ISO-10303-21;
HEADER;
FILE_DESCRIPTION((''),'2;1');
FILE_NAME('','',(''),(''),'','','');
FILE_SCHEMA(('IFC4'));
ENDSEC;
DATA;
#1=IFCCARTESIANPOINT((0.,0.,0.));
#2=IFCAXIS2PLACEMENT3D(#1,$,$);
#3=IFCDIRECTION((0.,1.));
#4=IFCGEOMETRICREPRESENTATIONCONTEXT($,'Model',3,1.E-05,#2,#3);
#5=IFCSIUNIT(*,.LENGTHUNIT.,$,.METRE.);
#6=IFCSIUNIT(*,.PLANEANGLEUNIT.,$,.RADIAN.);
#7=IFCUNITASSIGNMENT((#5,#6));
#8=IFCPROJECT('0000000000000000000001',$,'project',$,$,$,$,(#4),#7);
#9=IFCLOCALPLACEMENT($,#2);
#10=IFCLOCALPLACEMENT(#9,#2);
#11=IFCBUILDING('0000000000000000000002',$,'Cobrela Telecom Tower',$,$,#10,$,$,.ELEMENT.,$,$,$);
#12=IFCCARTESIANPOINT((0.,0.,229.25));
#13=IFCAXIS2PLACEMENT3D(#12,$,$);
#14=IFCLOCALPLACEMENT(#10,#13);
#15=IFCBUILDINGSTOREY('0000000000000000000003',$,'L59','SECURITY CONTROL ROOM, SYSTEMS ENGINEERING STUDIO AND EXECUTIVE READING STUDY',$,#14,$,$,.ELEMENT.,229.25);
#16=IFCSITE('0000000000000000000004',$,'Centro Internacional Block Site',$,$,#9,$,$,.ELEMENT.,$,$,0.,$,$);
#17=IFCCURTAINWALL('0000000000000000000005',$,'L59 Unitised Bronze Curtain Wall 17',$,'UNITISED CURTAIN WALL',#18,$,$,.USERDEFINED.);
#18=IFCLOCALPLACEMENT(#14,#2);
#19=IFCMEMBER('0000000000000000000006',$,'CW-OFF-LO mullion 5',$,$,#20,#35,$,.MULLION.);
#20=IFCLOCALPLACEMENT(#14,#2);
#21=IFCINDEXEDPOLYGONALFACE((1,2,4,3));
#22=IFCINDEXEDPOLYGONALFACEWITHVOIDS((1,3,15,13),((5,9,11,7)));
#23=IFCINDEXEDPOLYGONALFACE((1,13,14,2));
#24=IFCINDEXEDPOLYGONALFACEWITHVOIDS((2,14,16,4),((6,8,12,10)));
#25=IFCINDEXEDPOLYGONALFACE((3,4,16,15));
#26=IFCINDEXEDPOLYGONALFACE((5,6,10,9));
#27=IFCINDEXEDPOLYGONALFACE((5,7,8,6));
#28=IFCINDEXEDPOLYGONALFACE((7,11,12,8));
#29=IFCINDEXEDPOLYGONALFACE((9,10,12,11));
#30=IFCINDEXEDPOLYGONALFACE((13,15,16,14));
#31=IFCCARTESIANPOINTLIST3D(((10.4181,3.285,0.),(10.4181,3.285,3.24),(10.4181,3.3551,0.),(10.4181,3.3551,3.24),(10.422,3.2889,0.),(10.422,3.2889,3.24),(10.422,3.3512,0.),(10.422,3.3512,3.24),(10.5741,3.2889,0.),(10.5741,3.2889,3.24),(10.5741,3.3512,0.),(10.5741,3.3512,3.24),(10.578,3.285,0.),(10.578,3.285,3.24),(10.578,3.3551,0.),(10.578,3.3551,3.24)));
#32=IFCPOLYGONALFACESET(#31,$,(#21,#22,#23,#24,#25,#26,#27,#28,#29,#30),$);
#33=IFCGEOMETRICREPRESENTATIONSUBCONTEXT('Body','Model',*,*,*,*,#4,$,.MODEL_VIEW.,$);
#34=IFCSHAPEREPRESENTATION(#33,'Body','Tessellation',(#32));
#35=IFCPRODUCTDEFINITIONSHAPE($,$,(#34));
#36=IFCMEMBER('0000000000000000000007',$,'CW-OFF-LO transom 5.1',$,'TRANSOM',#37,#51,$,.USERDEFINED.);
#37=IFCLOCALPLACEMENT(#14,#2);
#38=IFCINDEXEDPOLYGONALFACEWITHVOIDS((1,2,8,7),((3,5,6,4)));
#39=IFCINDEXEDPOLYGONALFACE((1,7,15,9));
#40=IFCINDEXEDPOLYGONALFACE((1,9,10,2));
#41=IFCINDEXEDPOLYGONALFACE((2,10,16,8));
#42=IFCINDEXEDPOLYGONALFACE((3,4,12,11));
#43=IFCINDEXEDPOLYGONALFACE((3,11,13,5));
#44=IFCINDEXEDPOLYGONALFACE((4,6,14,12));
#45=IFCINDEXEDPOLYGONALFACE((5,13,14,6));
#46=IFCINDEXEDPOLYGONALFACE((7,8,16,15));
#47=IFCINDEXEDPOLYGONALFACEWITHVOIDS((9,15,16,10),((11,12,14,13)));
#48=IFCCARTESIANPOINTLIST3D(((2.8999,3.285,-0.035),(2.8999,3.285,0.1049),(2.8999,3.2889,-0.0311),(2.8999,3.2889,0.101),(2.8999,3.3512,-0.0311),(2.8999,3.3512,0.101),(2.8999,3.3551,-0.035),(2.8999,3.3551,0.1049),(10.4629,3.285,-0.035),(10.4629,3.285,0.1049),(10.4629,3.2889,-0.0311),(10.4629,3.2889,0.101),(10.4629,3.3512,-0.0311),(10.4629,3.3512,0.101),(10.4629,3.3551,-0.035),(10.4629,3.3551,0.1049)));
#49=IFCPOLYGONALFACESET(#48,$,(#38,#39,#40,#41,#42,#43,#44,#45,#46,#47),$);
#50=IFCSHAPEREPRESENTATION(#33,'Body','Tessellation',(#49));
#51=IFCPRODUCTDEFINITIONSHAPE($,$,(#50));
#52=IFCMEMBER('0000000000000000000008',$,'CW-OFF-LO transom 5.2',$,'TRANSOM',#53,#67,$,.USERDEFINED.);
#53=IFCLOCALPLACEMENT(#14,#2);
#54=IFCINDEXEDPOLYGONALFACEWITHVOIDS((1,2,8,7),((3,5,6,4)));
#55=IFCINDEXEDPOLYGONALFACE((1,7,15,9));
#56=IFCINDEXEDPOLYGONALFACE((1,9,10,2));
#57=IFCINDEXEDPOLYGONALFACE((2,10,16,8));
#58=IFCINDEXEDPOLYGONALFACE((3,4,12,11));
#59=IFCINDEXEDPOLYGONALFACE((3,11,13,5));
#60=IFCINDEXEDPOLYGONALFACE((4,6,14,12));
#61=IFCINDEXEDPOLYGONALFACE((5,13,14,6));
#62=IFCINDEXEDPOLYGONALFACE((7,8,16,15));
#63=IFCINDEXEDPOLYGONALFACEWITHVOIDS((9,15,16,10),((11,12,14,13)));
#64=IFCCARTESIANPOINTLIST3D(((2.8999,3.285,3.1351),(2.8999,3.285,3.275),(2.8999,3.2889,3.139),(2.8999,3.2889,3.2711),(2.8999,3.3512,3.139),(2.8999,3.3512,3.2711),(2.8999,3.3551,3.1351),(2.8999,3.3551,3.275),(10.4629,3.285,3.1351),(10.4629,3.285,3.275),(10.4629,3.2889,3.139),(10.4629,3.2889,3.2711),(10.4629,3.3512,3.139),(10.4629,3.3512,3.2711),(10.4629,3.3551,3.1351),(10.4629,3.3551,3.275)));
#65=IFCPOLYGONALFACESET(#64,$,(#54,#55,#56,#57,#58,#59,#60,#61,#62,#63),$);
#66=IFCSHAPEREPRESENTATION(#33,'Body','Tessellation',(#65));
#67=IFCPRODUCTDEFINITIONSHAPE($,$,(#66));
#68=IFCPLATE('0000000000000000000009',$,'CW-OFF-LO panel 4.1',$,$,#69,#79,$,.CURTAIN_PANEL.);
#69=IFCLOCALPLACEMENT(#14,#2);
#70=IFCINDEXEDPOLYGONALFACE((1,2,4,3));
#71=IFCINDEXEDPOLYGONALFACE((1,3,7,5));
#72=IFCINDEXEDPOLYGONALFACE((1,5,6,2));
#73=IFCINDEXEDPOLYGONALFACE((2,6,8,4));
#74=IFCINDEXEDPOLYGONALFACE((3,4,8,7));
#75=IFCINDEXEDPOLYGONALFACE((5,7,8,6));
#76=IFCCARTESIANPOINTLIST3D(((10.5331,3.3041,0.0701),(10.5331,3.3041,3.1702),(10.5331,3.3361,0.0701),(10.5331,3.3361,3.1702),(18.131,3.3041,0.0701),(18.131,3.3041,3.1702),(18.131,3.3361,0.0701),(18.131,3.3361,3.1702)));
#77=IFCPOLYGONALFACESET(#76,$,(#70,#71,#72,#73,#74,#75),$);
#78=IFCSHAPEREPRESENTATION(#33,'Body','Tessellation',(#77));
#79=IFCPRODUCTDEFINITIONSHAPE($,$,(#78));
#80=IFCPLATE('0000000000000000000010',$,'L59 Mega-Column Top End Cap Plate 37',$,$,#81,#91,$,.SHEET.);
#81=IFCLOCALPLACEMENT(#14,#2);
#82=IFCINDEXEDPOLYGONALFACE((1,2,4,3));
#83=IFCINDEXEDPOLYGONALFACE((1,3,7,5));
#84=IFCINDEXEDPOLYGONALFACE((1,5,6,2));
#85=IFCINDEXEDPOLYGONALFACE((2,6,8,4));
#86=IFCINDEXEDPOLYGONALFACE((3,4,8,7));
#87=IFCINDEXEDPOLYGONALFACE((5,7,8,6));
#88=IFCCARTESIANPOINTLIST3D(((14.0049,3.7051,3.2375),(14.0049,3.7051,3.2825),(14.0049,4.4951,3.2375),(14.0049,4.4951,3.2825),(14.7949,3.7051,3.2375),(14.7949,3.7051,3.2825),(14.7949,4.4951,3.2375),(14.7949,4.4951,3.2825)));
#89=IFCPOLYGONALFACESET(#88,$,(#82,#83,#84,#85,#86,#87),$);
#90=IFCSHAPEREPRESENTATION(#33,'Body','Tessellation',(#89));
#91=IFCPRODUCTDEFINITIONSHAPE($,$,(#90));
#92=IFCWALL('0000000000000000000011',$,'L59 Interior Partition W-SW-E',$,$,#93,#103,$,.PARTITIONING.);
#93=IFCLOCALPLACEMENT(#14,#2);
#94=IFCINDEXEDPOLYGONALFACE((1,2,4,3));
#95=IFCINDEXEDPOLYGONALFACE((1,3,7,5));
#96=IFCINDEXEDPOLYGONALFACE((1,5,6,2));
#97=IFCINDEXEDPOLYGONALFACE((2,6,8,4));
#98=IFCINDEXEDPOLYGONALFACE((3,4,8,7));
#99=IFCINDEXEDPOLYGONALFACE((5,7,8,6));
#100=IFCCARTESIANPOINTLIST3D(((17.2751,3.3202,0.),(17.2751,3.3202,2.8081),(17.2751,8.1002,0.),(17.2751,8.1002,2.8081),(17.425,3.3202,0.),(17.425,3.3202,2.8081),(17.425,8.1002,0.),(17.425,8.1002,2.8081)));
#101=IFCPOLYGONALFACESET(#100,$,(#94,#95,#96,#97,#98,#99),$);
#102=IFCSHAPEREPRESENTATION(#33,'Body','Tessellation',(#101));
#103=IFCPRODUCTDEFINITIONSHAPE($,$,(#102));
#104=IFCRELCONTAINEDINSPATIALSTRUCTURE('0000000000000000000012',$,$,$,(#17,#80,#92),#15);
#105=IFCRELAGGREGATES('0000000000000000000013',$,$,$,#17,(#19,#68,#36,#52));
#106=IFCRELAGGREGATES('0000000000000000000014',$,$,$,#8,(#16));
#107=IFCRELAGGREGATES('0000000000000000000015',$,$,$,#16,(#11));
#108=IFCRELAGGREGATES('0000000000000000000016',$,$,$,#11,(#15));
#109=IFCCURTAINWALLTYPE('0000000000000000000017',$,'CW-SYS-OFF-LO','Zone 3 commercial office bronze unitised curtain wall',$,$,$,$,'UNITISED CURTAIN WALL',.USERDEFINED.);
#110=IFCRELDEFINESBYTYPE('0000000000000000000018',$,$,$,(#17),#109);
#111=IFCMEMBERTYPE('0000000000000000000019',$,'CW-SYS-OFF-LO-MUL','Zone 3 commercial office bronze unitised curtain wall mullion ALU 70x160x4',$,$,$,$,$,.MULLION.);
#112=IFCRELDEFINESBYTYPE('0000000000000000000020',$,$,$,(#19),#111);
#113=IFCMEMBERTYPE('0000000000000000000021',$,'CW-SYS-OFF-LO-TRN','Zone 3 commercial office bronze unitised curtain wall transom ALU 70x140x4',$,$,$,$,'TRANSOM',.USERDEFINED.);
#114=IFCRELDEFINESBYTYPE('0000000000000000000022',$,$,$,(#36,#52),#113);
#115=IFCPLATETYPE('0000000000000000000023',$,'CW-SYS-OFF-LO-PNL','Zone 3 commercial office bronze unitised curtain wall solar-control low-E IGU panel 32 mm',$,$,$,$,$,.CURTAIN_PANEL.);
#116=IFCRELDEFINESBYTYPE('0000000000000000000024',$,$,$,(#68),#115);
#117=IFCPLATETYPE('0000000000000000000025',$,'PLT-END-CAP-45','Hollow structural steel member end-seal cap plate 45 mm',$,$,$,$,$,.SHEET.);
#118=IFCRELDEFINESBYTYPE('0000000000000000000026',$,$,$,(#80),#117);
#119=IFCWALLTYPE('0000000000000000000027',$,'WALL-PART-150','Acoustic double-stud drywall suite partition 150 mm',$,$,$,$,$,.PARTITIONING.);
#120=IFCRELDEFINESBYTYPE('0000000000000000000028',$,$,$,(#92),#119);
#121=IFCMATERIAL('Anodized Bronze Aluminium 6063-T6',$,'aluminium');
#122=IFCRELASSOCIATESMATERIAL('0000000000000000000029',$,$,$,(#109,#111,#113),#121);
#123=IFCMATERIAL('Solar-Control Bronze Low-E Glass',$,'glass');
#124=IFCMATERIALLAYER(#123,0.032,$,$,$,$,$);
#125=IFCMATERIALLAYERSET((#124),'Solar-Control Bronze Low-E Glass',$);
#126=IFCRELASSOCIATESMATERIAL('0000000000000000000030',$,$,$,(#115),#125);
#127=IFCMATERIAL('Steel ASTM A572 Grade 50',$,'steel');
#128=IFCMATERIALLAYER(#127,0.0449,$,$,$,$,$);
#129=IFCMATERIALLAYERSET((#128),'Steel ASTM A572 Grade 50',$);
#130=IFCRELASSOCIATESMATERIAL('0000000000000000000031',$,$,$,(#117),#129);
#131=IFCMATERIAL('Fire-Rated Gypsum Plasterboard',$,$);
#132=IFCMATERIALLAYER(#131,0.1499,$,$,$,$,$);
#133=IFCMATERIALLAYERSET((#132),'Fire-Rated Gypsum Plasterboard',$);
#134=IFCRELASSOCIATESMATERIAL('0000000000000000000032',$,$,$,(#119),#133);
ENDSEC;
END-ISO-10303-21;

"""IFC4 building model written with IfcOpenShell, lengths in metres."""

from ifc_helpers import new_model, si_unit, direction, frame, frame_2d, origin, origin_2d, place, context, subcontext, project, spatial, rectangle, hollow_rectangle, extrude, material, layer, layer_set, material_profile, profile_set, type_object, element, aggregate, save


model = new_model("IFC4")

# Units and contexts
model_context = context("Model", 3, precision=1e-05, world=origin(), true_north=direction((0.0, 1.0)))
body_context = subcontext(model_context, "Body", "Model", "MODEL_VIEW")
ifc_project = project(units=[si_unit("LENGTHUNIT", "METRE"), si_unit("PLANEANGLEUNIT", "RADIAN")], contexts=[model_context])

# Site, building, storey
site_placement = place(None, origin())
site = spatial("IfcSite", under=ifc_project, at=site_placement, Name="Centro Internacional Block Site", CompositionType="ELEMENT", RefElevation=0.0)
building_placement = place(site_placement, origin())
building = spatial("IfcBuilding", under=site, at=building_placement, Name="Cobrela Telecom Tower", CompositionType="ELEMENT")
storey_placement = place(building_placement, frame((0.0, 0.0, 229.25)))
storey = spatial("IfcBuildingStorey", under=building, at=storey_placement, Name="L59", Description="SECURITY CONTROL ROOM, SYSTEMS ENGINEERING STUDIO AND EXECUTIVE READING STUDY", CompositionType="ELEMENT", Elevation=229.25)

# Shared definitions
ifc_material_1 = material(Name="Steel ASTM A572 Grade 50", Category="steel")

# Curtain wall, members, plate
ifc_material_2 = material(Name="Anodized Bronze Aluminium 6063-T6", Category="aluminium")
curtain_wall_type = type_object("IfcCurtainWallType", Name="CW-SYS-OFF-LO", Description="Zone 3 commercial office bronze unitised curtain wall", ElementType="UNITISED CURTAIN WALL", PredefinedType="USERDEFINED", material=ifc_material_2)
curtain_wall_placement = place(storey_placement, origin())
curtain_wall = element("IfcCurtainWall", 1, at=curtain_wall_placement, inside=storey, type_object=curtain_wall_type, Name="L59 Unitised Bronze Curtain Wall 17", ObjectType="UNITISED CURTAIN WALL", PredefinedType="USERDEFINED")
ifc_material_profile_1 = material_profile(ifc_material_2, hollow_rectangle(XDim=0.0701, YDim=0.1599, WallThickness=0.0039, at=origin_2d()), Name="ALU 70x160x4")
ifc_profile_set_1 = profile_set([ifc_material_profile_1], Name="Anodized Bronze Aluminium 6063-T6")
member_type_1 = type_object("IfcMemberType", Name="CW-SYS-OFF-LO-MUL", Description="Zone 3 commercial office bronze unitised curtain wall mullion ALU 70x160x4", PredefinedType="MULLION", material=ifc_profile_set_1)
member_1_placement = place(storey_placement, frame((10.498, 3.3201, 0.0), z_axis=(0.0, 0.0, 1.0), x_axis=(0.0, -1.0, 0.0)))
member_1 = element("IfcMember", 2, at=member_1_placement, type_object=member_type_1, Name="CW-OFF-LO mullion 5", PredefinedType="MULLION", context=body_context, shape_type="SweptSolid", body=[
    extrude(hollow_rectangle(XDim=0.0701, YDim=0.1599, WallThickness=0.0039, at=origin_2d()), origin(), (0.0, 0.0, 1.0), 3.24),
])
ifc_material_profile_2 = material_profile(ifc_material_2, hollow_rectangle(XDim=0.0701, YDim=0.1399, WallThickness=0.0039, at=origin_2d()), Name="ALU 70x140x4")
ifc_profile_set_2 = profile_set([ifc_material_profile_2], Name="Anodized Bronze Aluminium 6063-T6")
member_type_2 = type_object("IfcMemberType", Name="CW-SYS-OFF-LO-TRN", Description="Zone 3 commercial office bronze unitised curtain wall transom ALU 70x140x4", ElementType="TRANSOM", PredefinedType="USERDEFINED", material=ifc_profile_set_2)
member_2_placement = place(storey_placement, frame((10.4629, 3.3201, 0.0349), z_axis=(-1.0, 0.0, 0.0), x_axis=(0.0, -1.0, 0.0)))
member_2 = element("IfcMember", 3, at=member_2_placement, type_object=member_type_2, Name="CW-OFF-LO transom 5.1", ObjectType="TRANSOM", PredefinedType="USERDEFINED", context=body_context, shape_type="SweptSolid", body=[
    extrude(hollow_rectangle(XDim=0.0701, YDim=0.1399, WallThickness=0.0039, at=origin_2d()), origin(), (0.0, 0.0, 1.0), 7.563),
])
member_3_placement = place(storey_placement, frame((10.4629, 3.3201, 3.2051), z_axis=(-1.0, 0.0, 0.0), x_axis=(0.0, -1.0, 0.0)))
member_3 = element("IfcMember", 4, at=member_3_placement, type_object=member_type_2, Name="CW-OFF-LO transom 5.2", ObjectType="TRANSOM", PredefinedType="USERDEFINED", context=body_context, shape_type="SweptSolid", body=[
    extrude(hollow_rectangle(XDim=0.0701, YDim=0.1399, WallThickness=0.0039, at=origin_2d()), origin(), (0.0, 0.0, 1.0), 7.563),
])
ifc_material_3 = material(Name="Solar-Control Bronze Low-E Glass", Category="glass")
ifc_layer_1 = layer(ifc_material_3, 0.032)
ifc_layer_set_1 = layer_set([ifc_layer_1], Name="Solar-Control Bronze Low-E Glass")
plate_type_1 = type_object("IfcPlateType", Name="CW-SYS-OFF-LO-PNL", Description="Zone 3 commercial office bronze unitised curtain wall solar-control low-E IGU panel 32 mm", PredefinedType="CURTAIN_PANEL", material=ifc_layer_set_1)
plate_1_placement = place(storey_placement, frame((14.332, 3.3201, 0.0701), z_axis=(0.0, 0.0, 1.0), x_axis=(-1.0, 0.0, 0.0)))
plate_1 = element("IfcPlate", 5, at=plate_1_placement, type_object=plate_type_1, Name="CW-OFF-LO panel 4.1", PredefinedType="CURTAIN_PANEL", context=body_context, shape_type="SweptSolid", body=[
    extrude(rectangle(XDim=7.5979, YDim=0.032, at=origin_2d()), origin(), (0.0, 0.0, 1.0), 3.1001),
])
aggregate(curtain_wall, [member_1, plate_1, member_2, member_3])

# Plate
ifc_layer_2 = layer(ifc_material_1, 0.0449)
ifc_layer_set_2 = layer_set([ifc_layer_2], Name="Steel ASTM A572 Grade 50")
plate_type_2 = type_object("IfcPlateType", Name="PLT-END-CAP-45", Description="Hollow structural steel member end-seal cap plate 45 mm", PredefinedType="SHEET", material=ifc_layer_set_2)
plate_2_placement = place(storey_placement, frame((14.3999, 4.1001, 3.2375), z_axis=(0.0, 0.0, 1.0), x_axis=(1.0, 0.0, 0.0)))
element("IfcPlate", 6, at=plate_2_placement, inside=storey, type_object=plate_type_2, Name="L59 Mega-Column Top End Cap Plate 37", PredefinedType="SHEET", context=body_context, shape_type="SweptSolid", body=[
    extrude(rectangle(XDim=0.79, YDim=0.79, at=origin_2d()), origin(), (0.0, 0.0, 1.0), 0.0449),
])

# Shared definitions
ifc_material_4 = material(Name="Fire-Rated Gypsum Plasterboard")

# Wall
ifc_layer_3 = layer(ifc_material_4, 0.1499)
ifc_layer_set_3 = layer_set([ifc_layer_3], Name="Fire-Rated Gypsum Plasterboard")
wall_type_1 = type_object("IfcWallType", Name="WALL-PART-150", Description="Acoustic double-stud drywall suite partition 150 mm", PredefinedType="PARTITIONING", material=ifc_layer_set_3)
wall_1_placement = place(storey_placement, frame((17.3501, 3.3201, 0.0), z_axis=(0.0, 0.0, 1.0), x_axis=(0.0, 1.0, 0.0)))
element("IfcWall", 7, at=wall_1_placement, inside=storey, type_object=wall_type_1, Name="L59 Interior Partition W-SW-E", PredefinedType="PARTITIONING", context=body_context, shape_type="SweptSolid", body=[
    extrude(rectangle(XDim=4.78, YDim=0.1499, at=frame_2d((2.3901, 0.0))), origin(), (0.0, 0.0, 1.0), 2.8081),
])

save(model, "model.ifc")
